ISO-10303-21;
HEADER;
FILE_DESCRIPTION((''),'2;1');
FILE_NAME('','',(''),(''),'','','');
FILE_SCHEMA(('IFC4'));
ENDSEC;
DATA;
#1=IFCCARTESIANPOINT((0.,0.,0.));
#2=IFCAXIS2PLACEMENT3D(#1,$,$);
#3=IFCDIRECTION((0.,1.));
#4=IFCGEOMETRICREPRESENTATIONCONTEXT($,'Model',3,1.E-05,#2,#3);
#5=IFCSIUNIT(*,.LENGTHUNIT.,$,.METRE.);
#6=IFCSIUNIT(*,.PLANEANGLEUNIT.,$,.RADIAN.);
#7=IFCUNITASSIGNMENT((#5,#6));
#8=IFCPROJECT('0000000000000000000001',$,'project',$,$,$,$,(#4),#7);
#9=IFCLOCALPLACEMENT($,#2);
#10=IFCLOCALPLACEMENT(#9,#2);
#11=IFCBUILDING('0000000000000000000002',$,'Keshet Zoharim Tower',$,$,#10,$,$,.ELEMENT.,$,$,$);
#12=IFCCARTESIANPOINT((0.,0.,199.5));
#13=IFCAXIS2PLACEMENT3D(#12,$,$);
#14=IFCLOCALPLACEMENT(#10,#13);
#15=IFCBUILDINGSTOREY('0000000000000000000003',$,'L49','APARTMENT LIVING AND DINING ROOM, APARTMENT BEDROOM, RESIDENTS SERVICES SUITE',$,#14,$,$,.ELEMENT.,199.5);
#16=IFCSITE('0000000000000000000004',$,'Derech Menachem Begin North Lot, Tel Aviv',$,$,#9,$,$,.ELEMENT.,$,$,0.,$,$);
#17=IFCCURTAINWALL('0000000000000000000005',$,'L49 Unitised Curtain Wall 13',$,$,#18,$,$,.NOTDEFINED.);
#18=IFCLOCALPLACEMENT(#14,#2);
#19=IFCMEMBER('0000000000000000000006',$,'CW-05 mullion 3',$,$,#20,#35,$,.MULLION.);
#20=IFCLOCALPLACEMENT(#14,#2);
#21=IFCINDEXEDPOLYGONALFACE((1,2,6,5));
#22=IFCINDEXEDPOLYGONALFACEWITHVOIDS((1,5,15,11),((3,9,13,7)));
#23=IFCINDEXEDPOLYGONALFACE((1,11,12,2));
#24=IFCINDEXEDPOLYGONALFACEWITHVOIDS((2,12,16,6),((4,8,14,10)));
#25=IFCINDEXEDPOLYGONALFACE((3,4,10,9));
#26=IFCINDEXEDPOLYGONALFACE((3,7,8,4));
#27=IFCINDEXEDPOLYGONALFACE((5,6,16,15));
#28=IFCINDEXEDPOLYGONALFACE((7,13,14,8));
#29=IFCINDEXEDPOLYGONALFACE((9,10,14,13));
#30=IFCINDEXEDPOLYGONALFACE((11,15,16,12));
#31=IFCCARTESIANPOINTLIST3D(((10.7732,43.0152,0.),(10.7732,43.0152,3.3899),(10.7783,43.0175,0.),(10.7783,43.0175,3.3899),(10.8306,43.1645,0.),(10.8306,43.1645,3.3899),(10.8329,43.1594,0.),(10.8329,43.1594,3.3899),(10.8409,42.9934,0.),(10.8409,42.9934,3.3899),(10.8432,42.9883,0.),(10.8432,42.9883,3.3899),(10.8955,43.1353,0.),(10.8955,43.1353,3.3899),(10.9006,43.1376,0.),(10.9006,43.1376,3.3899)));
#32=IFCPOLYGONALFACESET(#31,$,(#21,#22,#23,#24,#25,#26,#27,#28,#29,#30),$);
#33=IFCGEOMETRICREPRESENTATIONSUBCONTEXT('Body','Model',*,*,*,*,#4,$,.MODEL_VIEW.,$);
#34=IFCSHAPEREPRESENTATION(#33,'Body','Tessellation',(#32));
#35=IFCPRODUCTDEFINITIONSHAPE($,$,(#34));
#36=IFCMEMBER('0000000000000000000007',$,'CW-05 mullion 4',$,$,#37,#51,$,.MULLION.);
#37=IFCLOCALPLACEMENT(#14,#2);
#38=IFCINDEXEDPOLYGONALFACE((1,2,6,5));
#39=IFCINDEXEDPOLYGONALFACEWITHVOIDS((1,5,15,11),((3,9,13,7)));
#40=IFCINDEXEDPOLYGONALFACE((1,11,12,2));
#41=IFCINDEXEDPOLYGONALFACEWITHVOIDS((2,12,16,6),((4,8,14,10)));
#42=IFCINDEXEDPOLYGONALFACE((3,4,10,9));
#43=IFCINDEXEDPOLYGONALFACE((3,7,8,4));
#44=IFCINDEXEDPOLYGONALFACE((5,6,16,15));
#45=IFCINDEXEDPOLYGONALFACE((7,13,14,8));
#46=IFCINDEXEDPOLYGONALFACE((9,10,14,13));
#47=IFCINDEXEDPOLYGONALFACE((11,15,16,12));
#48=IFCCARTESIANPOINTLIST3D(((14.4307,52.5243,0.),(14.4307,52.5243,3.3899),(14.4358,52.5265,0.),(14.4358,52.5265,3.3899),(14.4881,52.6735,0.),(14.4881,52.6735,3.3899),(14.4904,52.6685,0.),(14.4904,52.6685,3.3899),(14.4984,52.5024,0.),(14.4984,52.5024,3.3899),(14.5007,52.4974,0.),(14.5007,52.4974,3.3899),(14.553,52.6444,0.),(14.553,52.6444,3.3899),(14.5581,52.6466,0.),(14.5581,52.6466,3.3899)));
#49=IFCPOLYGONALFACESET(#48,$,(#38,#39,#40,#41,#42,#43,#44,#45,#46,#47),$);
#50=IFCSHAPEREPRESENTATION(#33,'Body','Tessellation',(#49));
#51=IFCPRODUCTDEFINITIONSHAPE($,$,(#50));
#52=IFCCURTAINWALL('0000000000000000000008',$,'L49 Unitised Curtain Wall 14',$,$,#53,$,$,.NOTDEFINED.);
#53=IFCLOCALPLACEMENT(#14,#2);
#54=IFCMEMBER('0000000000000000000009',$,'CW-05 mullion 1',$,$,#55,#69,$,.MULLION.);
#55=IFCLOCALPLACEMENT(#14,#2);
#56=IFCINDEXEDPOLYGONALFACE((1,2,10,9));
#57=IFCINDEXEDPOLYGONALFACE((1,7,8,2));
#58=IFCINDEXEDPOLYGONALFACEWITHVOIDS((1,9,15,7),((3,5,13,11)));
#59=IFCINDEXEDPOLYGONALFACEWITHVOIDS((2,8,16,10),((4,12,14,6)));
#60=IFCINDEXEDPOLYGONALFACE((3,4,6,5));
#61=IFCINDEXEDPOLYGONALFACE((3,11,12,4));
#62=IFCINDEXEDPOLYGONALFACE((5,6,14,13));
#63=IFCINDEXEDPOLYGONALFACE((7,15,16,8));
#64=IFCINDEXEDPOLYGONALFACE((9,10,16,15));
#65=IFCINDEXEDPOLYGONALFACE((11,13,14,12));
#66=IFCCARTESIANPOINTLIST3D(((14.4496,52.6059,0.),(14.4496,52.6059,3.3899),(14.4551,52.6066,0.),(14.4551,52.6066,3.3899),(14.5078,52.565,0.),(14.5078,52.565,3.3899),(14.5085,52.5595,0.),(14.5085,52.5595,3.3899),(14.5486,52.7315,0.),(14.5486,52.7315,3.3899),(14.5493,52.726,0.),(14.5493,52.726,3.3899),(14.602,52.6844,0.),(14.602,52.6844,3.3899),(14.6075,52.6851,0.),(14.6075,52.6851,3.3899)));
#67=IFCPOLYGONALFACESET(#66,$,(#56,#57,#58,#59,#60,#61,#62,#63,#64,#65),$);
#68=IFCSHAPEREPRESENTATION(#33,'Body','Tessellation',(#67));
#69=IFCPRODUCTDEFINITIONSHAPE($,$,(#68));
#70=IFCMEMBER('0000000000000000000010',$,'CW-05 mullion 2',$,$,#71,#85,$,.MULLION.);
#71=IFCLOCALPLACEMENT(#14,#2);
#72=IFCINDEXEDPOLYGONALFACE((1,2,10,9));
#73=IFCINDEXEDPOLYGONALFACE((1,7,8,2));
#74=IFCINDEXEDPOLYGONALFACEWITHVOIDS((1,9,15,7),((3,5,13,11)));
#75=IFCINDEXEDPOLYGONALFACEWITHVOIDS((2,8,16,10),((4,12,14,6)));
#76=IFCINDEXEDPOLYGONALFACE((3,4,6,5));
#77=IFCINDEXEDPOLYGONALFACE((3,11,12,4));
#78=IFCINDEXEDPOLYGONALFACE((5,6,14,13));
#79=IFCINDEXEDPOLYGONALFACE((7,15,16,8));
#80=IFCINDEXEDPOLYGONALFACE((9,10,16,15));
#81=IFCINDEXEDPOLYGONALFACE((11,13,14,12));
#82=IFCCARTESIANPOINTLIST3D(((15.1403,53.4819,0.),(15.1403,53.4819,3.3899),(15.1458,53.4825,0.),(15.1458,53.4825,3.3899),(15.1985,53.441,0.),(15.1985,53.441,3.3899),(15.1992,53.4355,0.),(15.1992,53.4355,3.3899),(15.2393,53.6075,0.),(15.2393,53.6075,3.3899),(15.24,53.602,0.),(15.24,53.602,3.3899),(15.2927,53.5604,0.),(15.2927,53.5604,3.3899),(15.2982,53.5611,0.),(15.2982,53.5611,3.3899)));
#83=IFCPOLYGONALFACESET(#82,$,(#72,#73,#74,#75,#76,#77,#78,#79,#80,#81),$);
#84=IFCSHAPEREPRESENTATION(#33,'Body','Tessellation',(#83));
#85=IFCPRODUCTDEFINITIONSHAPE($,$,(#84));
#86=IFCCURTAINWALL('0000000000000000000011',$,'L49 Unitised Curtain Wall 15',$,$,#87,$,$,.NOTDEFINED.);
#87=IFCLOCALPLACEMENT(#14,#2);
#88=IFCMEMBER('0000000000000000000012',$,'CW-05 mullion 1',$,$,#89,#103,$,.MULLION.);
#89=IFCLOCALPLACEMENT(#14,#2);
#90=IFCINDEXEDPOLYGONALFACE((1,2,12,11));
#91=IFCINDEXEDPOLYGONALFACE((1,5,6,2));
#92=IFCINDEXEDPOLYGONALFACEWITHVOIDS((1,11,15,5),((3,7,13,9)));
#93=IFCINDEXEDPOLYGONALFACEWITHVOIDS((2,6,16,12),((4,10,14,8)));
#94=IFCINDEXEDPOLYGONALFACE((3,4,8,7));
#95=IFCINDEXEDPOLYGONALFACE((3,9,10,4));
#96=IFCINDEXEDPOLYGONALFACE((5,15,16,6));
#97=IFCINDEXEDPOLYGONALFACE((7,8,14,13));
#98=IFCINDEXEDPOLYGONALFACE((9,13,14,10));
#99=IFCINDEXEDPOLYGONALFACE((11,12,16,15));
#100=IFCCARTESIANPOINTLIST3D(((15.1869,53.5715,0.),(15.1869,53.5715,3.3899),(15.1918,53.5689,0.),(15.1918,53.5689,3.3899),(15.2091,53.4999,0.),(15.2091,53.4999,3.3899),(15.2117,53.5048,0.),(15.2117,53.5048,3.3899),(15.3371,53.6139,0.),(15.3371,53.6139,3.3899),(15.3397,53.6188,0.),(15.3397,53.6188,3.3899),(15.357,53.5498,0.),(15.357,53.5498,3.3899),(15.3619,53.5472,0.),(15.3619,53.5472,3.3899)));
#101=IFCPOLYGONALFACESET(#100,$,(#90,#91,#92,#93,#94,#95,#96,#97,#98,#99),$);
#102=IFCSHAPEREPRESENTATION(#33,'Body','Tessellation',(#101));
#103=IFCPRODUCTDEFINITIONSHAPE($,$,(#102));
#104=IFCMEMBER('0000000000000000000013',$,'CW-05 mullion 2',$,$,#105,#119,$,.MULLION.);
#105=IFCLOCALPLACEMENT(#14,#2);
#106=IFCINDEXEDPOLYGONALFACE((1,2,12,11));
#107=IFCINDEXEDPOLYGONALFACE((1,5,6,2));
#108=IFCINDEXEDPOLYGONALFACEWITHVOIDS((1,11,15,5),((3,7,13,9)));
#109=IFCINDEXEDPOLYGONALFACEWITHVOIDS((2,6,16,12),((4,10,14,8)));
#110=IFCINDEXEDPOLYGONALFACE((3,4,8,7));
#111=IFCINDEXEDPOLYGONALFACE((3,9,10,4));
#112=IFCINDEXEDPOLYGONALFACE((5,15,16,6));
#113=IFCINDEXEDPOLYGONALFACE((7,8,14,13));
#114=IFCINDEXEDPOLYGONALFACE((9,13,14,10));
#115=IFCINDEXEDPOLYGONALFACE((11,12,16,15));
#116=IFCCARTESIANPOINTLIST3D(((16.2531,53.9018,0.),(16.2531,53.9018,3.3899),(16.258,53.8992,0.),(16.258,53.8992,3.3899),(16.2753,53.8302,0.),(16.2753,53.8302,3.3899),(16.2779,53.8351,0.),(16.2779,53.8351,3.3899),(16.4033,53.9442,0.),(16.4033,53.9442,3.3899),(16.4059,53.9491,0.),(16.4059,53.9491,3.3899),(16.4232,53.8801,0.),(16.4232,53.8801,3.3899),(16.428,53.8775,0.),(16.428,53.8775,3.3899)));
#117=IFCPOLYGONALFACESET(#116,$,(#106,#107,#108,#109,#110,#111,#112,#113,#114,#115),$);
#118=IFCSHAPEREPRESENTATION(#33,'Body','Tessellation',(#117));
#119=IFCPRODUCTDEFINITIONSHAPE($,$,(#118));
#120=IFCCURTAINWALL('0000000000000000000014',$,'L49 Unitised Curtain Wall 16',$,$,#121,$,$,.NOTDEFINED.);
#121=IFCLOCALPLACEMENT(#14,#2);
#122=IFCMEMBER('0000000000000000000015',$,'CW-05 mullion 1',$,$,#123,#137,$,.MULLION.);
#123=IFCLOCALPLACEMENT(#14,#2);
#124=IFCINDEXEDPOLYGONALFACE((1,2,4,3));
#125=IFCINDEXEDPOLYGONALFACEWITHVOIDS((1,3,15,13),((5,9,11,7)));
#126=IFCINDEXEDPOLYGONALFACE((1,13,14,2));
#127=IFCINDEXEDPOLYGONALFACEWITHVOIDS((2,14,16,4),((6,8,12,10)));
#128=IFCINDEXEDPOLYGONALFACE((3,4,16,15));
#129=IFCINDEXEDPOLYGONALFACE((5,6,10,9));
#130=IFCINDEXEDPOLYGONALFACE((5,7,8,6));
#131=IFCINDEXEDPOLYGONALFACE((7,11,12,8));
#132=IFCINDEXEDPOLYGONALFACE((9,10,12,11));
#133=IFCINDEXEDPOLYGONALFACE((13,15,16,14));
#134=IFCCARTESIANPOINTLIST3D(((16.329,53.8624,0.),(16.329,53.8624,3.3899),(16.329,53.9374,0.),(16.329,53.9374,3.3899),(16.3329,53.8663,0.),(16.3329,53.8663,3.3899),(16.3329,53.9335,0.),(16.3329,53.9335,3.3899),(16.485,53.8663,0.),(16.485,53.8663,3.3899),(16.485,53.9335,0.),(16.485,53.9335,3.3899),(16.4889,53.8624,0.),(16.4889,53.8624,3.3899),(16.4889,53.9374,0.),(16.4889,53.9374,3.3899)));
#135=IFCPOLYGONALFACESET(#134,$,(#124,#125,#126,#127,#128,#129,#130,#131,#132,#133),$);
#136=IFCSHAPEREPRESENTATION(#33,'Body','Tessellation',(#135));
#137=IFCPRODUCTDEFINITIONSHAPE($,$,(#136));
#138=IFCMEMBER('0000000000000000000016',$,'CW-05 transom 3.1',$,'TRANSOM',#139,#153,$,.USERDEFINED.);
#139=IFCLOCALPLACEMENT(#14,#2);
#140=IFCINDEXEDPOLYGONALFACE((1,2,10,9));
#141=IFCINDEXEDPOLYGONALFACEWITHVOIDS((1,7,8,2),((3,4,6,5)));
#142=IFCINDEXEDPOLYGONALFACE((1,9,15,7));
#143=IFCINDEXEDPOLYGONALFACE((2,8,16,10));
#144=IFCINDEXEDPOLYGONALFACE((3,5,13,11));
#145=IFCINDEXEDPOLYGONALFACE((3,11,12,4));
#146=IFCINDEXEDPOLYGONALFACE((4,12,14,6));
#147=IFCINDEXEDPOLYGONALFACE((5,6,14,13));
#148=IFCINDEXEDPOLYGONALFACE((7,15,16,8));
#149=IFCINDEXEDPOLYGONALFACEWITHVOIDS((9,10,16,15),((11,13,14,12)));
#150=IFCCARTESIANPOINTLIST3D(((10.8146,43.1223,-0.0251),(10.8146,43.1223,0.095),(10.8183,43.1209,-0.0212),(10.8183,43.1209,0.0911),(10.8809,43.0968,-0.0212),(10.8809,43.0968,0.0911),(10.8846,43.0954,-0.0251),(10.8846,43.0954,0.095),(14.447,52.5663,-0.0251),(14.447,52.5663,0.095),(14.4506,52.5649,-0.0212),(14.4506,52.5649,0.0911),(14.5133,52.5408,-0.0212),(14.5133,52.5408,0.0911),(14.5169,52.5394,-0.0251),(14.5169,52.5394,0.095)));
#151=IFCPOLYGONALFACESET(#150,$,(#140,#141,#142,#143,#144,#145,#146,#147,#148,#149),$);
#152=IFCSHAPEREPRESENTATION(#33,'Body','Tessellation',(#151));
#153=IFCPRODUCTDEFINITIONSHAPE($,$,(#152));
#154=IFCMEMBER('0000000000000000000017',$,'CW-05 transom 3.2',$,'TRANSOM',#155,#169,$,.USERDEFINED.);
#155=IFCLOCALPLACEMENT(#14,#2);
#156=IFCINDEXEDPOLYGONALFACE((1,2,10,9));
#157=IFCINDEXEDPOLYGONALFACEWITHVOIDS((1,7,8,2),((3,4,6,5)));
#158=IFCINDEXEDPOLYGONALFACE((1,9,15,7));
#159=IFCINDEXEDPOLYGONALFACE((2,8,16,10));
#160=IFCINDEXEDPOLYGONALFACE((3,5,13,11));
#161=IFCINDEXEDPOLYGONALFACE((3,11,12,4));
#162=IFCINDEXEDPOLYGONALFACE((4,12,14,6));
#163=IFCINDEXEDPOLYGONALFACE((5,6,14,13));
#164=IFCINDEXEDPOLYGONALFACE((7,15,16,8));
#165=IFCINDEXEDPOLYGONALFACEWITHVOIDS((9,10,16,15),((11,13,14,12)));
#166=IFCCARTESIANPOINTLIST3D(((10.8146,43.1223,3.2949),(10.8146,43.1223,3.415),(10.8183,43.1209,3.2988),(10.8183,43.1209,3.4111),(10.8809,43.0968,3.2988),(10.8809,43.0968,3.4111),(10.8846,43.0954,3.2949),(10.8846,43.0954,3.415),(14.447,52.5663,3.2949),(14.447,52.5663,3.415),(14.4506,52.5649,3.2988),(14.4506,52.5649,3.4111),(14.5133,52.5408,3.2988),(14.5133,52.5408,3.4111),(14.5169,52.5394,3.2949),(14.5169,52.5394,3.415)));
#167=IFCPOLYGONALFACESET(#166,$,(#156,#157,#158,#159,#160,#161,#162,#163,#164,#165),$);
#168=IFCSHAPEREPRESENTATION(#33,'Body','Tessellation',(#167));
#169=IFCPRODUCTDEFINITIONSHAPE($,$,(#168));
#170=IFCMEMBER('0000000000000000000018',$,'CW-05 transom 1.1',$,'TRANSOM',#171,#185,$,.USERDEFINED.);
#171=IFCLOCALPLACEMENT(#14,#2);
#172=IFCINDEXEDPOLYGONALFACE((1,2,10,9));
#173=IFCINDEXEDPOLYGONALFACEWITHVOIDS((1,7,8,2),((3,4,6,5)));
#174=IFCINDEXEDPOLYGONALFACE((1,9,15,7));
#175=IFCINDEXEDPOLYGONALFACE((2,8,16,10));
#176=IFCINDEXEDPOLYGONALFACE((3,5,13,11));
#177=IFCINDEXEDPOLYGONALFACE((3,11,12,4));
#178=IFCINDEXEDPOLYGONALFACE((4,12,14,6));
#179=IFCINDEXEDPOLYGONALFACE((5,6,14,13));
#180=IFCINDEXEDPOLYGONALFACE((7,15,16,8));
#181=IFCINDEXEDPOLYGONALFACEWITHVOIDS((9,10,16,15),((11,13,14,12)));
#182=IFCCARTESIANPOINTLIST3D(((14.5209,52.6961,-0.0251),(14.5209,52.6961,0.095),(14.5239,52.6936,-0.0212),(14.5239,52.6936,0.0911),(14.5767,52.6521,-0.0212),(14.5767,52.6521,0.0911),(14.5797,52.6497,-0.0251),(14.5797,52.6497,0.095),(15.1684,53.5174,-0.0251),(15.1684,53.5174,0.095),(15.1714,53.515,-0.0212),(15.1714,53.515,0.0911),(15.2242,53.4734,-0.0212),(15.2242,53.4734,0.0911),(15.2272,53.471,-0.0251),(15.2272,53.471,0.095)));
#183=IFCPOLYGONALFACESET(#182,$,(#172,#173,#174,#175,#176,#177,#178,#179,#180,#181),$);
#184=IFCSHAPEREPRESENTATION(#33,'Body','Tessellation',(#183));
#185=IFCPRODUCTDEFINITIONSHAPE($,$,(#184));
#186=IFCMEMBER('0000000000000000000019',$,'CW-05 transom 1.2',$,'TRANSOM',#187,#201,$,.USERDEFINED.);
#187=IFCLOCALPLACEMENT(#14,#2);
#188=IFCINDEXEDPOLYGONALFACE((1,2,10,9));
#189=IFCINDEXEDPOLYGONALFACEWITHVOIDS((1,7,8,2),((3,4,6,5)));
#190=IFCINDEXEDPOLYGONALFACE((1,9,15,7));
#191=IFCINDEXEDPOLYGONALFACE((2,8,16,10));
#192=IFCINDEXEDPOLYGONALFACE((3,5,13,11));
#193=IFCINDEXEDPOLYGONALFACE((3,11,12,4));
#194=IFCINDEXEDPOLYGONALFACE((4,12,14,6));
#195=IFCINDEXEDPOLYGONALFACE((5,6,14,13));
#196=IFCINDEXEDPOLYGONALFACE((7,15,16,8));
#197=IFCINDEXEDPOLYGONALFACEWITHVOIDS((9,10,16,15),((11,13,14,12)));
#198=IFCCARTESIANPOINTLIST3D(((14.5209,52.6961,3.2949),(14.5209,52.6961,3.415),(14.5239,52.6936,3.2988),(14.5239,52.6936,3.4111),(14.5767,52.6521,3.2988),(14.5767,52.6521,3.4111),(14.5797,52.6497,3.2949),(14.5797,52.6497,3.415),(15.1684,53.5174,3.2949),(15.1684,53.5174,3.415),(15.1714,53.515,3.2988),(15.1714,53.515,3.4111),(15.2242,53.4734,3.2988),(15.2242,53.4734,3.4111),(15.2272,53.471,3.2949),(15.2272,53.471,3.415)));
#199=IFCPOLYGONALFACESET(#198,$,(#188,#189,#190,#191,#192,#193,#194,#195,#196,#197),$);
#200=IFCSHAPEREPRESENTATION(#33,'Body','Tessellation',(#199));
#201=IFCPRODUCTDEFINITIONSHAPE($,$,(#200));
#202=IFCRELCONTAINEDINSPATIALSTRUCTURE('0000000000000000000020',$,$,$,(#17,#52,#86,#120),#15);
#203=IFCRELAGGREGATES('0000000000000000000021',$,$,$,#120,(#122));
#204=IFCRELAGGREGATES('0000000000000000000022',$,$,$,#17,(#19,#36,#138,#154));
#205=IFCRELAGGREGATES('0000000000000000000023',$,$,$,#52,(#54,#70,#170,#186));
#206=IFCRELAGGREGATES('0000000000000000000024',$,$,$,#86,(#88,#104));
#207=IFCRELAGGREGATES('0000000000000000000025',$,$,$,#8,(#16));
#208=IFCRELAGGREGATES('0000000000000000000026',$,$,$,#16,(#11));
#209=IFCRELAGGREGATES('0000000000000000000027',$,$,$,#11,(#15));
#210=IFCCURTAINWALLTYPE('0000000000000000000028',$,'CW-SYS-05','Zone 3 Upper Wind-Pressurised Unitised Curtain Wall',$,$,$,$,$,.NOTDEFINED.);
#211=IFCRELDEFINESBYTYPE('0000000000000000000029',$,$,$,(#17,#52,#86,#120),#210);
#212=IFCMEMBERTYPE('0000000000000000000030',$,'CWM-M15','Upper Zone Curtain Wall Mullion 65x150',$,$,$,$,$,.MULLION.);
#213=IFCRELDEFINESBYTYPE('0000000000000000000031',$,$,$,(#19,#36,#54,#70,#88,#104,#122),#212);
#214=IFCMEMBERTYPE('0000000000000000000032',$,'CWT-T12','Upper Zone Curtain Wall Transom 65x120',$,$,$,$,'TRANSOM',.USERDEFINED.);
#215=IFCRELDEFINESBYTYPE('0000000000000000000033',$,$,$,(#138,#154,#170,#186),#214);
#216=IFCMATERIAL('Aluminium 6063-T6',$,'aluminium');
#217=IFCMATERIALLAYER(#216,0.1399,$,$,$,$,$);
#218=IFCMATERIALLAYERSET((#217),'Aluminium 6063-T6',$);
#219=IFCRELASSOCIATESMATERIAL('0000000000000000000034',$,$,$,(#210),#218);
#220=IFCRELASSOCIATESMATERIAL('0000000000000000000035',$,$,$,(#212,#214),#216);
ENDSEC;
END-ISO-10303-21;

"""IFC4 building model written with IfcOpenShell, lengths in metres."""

from ifc_helpers import new_model, si_unit, direction, frame, origin, origin_2d, place, context, subcontext, project, spatial, hollow_rectangle, extrude, material, layer, layer_set, material_profile, profile_set, type_object, element, aggregate, save


model = new_model("IFC4")

# Units and contexts
model_context = context("Model", 3, precision=1e-05, world=origin(), true_north=direction((0.0, 1.0)))
body_context = subcontext(model_context, "Body", "Model", "MODEL_VIEW")
ifc_project = project(units=[si_unit("LENGTHUNIT", "METRE"), si_unit("PLANEANGLEUNIT", "RADIAN")], contexts=[model_context])

# Site, building, storey
site_placement = place(None, origin())
site = spatial("IfcSite", under=ifc_project, at=site_placement, Name="Derech Menachem Begin North Lot, Tel Aviv", CompositionType="ELEMENT", RefElevation=0.0)
building_placement = place(site_placement, origin())
building = spatial("IfcBuilding", under=site, at=building_placement, Name="Keshet Zoharim Tower", CompositionType="ELEMENT")
storey_placement = place(building_placement, frame((0.0, 0.0, 199.5)))
storey = spatial("IfcBuildingStorey", under=building, at=storey_placement, Name="L49", Description="APARTMENT LIVING AND DINING ROOM, APARTMENT BEDROOM, RESIDENTS SERVICES SUITE", CompositionType="ELEMENT", Elevation=199.5)

# Curtain walls, members
ifc_material_1 = material(Name="Aluminium 6063-T6", Category="aluminium")
ifc_layer_1 = layer(ifc_material_1, 0.1399)
ifc_layer_set_1 = layer_set([ifc_layer_1], Name="Aluminium 6063-T6")
curtain_wall_type = type_object("IfcCurtainWallType", Name="CW-SYS-05", Description="Zone 3 Upper Wind-Pressurised Unitised Curtain Wall", PredefinedType="NOTDEFINED", material=ifc_layer_set_1)
curtain_wall_1_placement = place(storey_placement, origin())
curtain_wall_1 = element("IfcCurtainWall", 1, at=curtain_wall_1_placement, inside=storey, type_object=curtain_wall_type, Name="L49 Unitised Curtain Wall 13", PredefinedType="NOTDEFINED")
ifc_material_profile_1 = material_profile(ifc_material_1, hollow_rectangle(XDim=0.075, YDim=0.1599, WallThickness=0.0039, at=origin_2d()), Name="MUL-75x160")
ifc_profile_set_1 = profile_set([ifc_material_profile_1], Name="Aluminium 6063-T6")
member_type_1 = type_object("IfcMemberType", Name="CWM-M15", Description="Upper Zone Curtain Wall Mullion 65x150", PredefinedType="MULLION", material=ifc_profile_set_1)
member_1_placement = place(storey_placement, frame((10.8369, 43.0764, 0.0), z_axis=(0.0, 0.0, 1.0), x_axis=(-0.933341, 0.35899, 0.0)))
member_1 = element("IfcMember", 2, at=member_1_placement, type_object=member_type_1, Name="CW-05 mullion 3", PredefinedType="MULLION", context=body_context, shape_type="SweptSolid", body=[
    extrude(hollow_rectangle(XDim=0.075, YDim=0.1599, WallThickness=0.0039, at=origin_2d()), origin(), (0.0, 0.0, 1.0), 3.3899),
])
member_2_placement = place(storey_placement, frame((14.4944, 52.5854, 0.0), z_axis=(0.0, 0.0, 1.0), x_axis=(-0.933341, 0.35899, 0.0)))
member_2 = element("IfcMember", 3, at=member_2_placement, type_object=member_type_1, Name="CW-05 mullion 4", PredefinedType="MULLION", context=body_context, shape_type="SweptSolid", body=[
    extrude(hollow_rectangle(XDim=0.075, YDim=0.1599, WallThickness=0.0039, at=origin_2d()), origin(), (0.0, 0.0, 1.0), 3.3899),
])
curtain_wall_2_placement = place(storey_placement, origin())
curtain_wall_2 = element("IfcCurtainWall", 4, at=curtain_wall_2_placement, inside=storey, type_object=curtain_wall_type, Name="L49 Unitised Curtain Wall 14", PredefinedType="NOTDEFINED")
member_3_placement = place(storey_placement, frame((14.5286, 52.6455, 0.0), z_axis=(0.0, 0.0, 1.0), x_axis=(-0.785293, 0.619125, 0.0)))
member_3 = element("IfcMember", 5, at=member_3_placement, type_object=member_type_1, Name="CW-05 mullion 1", PredefinedType="MULLION", context=body_context, shape_type="SweptSolid", body=[
    extrude(hollow_rectangle(XDim=0.075, YDim=0.1599, WallThickness=0.0039, at=origin_2d()), origin(), (0.0, 0.0, 1.0), 3.3899),
])
member_4_placement = place(storey_placement, frame((15.2192, 53.5215, 0.0), z_axis=(0.0, 0.0, 1.0), x_axis=(-0.785293, 0.619125, 0.0)))
member_4 = element("IfcMember", 6, at=member_4_placement, type_object=member_type_1, Name="CW-05 mullion 2", PredefinedType="MULLION", context=body_context, shape_type="SweptSolid", body=[
    extrude(hollow_rectangle(XDim=0.075, YDim=0.1599, WallThickness=0.0039, at=origin_2d()), origin(), (0.0, 0.0, 1.0), 3.3899),
])
curtain_wall_3_placement = place(storey_placement, origin())
curtain_wall_3 = element("IfcCurtainWall", 7, at=curtain_wall_3_placement, inside=storey, type_object=curtain_wall_type, Name="L49 Unitised Curtain Wall 15", PredefinedType="NOTDEFINED")
member_5_placement = place(storey_placement, frame((15.2744, 53.5593, 0.0), z_axis=(0.0, 0.0, 1.0), x_axis=(-0.295922, 0.955212, 0.0)))
member_5 = element("IfcMember", 8, at=member_5_placement, type_object=member_type_1, Name="CW-05 mullion 1", PredefinedType="MULLION", context=body_context, shape_type="SweptSolid", body=[
    extrude(hollow_rectangle(XDim=0.075, YDim=0.1599, WallThickness=0.0039, at=origin_2d()), origin(), (0.0, 0.0, 1.0), 3.3899),
])
member_6_placement = place(storey_placement, frame((16.3406, 53.8896, 0.0), z_axis=(0.0, 0.0, 1.0), x_axis=(-0.295922, 0.955212, 0.0)))
member_6 = element("IfcMember", 9, at=member_6_placement, type_object=member_type_1, Name="CW-05 mullion 2", PredefinedType="MULLION", context=body_context, shape_type="SweptSolid", body=[
    extrude(hollow_rectangle(XDim=0.075, YDim=0.1599, WallThickness=0.0039, at=origin_2d()), origin(), (0.0, 0.0, 1.0), 3.3899),
])

# Curtain wall, member
curtain_wall_4_placement = place(storey_placement, origin())
curtain_wall_4 = element("IfcCurtainWall", 10, at=curtain_wall_4_placement, inside=storey, type_object=curtain_wall_type, Name="L49 Unitised Curtain Wall 16", PredefinedType="NOTDEFINED")
member_7_placement = place(storey_placement, frame((16.4089, 53.8999, 0.0), z_axis=(0.0, 0.0, 1.0), x_axis=(0.0, 1.0, 0.0)))
member_7 = element("IfcMember", 11, at=member_7_placement, type_object=member_type_1, Name="CW-05 mullion 1", PredefinedType="MULLION", context=body_context, shape_type="SweptSolid", body=[
    extrude(hollow_rectangle(XDim=0.075, YDim=0.1599, WallThickness=0.0039, at=origin_2d()), origin(), (0.0, 0.0, 1.0), 3.3899),
])

# Members
ifc_material_profile_2 = material_profile(ifc_material_1, hollow_rectangle(XDim=0.075, YDim=0.1201, WallThickness=0.0039, at=origin_2d()), Name="TRN-75x120")
ifc_profile_set_2 = profile_set([ifc_material_profile_2], Name="Aluminium 6063-T6")
member_type_2 = type_object("IfcMemberType", Name="CWT-T12", Description="Upper Zone Curtain Wall Transom 65x120", ElementType="TRANSOM", PredefinedType="USERDEFINED", material=ifc_profile_set_2)
member_8_placement = place(storey_placement, frame((10.8496, 43.1089, 0.0349), z_axis=(0.358986, 0.933343, 0.0), x_axis=(-0.933343, 0.358986, 0.0)))
member_8 = element("IfcMember", 12, at=member_8_placement, type_object=member_type_2, Name="CW-05 transom 3.1", ObjectType="TRANSOM", PredefinedType="USERDEFINED", context=body_context, shape_type="SweptSolid", body=[
    extrude(hollow_rectangle(XDim=0.075, YDim=0.1201, WallThickness=0.0039, at=origin_2d()), origin(), (0.0, 0.0, 1.0), 10.1184),
])
member_9_placement = place(storey_placement, frame((10.8496, 43.1089, 3.355), z_axis=(0.358986, 0.933343, 0.0), x_axis=(-0.933343, 0.358986, 0.0)))
member_9 = element("IfcMember", 13, at=member_9_placement, type_object=member_type_2, Name="CW-05 transom 3.2", ObjectType="TRANSOM", PredefinedType="USERDEFINED", context=body_context, shape_type="SweptSolid", body=[
    extrude(hollow_rectangle(XDim=0.075, YDim=0.1201, WallThickness=0.0039, at=origin_2d()), origin(), (0.0, 0.0, 1.0), 10.1184),
])
member_10_placement = place(storey_placement, frame((14.5503, 52.6729, 0.0349), z_axis=(0.619099, 0.785313, 0.0), x_axis=(-0.785313, 0.619099, 0.0)))
member_10 = element("IfcMember", 14, at=member_10_placement, type_object=member_type_2, Name="CW-05 transom 1.1", ObjectType="TRANSOM", PredefinedType="USERDEFINED", context=body_context, shape_type="SweptSolid", body=[
    extrude(hollow_rectangle(XDim=0.075, YDim=0.1201, WallThickness=0.0039, at=origin_2d()), origin(), (0.0, 0.0, 1.0), 1.0459),
])
member_11_placement = place(storey_placement, frame((14.5503, 52.6729, 3.355), z_axis=(0.619099, 0.785313, 0.0), x_axis=(-0.785313, 0.619099, 0.0)))
member_11 = element("IfcMember", 15, at=member_11_placement, type_object=member_type_2, Name="CW-05 transom 1.2", ObjectType="TRANSOM", PredefinedType="USERDEFINED", context=body_context, shape_type="SweptSolid", body=[
    extrude(hollow_rectangle(XDim=0.075, YDim=0.1201, WallThickness=0.0039, at=origin_2d()), origin(), (0.0, 0.0, 1.0), 1.0459),
])
aggregate(curtain_wall_4, [member_7])

aggregate(curtain_wall_1, [member_1, member_2, member_8, member_9])
aggregate(curtain_wall_2, [member_3, member_4, member_10, member_11])
aggregate(curtain_wall_3, [member_5, member_6])

save(model, "model.ifc")
